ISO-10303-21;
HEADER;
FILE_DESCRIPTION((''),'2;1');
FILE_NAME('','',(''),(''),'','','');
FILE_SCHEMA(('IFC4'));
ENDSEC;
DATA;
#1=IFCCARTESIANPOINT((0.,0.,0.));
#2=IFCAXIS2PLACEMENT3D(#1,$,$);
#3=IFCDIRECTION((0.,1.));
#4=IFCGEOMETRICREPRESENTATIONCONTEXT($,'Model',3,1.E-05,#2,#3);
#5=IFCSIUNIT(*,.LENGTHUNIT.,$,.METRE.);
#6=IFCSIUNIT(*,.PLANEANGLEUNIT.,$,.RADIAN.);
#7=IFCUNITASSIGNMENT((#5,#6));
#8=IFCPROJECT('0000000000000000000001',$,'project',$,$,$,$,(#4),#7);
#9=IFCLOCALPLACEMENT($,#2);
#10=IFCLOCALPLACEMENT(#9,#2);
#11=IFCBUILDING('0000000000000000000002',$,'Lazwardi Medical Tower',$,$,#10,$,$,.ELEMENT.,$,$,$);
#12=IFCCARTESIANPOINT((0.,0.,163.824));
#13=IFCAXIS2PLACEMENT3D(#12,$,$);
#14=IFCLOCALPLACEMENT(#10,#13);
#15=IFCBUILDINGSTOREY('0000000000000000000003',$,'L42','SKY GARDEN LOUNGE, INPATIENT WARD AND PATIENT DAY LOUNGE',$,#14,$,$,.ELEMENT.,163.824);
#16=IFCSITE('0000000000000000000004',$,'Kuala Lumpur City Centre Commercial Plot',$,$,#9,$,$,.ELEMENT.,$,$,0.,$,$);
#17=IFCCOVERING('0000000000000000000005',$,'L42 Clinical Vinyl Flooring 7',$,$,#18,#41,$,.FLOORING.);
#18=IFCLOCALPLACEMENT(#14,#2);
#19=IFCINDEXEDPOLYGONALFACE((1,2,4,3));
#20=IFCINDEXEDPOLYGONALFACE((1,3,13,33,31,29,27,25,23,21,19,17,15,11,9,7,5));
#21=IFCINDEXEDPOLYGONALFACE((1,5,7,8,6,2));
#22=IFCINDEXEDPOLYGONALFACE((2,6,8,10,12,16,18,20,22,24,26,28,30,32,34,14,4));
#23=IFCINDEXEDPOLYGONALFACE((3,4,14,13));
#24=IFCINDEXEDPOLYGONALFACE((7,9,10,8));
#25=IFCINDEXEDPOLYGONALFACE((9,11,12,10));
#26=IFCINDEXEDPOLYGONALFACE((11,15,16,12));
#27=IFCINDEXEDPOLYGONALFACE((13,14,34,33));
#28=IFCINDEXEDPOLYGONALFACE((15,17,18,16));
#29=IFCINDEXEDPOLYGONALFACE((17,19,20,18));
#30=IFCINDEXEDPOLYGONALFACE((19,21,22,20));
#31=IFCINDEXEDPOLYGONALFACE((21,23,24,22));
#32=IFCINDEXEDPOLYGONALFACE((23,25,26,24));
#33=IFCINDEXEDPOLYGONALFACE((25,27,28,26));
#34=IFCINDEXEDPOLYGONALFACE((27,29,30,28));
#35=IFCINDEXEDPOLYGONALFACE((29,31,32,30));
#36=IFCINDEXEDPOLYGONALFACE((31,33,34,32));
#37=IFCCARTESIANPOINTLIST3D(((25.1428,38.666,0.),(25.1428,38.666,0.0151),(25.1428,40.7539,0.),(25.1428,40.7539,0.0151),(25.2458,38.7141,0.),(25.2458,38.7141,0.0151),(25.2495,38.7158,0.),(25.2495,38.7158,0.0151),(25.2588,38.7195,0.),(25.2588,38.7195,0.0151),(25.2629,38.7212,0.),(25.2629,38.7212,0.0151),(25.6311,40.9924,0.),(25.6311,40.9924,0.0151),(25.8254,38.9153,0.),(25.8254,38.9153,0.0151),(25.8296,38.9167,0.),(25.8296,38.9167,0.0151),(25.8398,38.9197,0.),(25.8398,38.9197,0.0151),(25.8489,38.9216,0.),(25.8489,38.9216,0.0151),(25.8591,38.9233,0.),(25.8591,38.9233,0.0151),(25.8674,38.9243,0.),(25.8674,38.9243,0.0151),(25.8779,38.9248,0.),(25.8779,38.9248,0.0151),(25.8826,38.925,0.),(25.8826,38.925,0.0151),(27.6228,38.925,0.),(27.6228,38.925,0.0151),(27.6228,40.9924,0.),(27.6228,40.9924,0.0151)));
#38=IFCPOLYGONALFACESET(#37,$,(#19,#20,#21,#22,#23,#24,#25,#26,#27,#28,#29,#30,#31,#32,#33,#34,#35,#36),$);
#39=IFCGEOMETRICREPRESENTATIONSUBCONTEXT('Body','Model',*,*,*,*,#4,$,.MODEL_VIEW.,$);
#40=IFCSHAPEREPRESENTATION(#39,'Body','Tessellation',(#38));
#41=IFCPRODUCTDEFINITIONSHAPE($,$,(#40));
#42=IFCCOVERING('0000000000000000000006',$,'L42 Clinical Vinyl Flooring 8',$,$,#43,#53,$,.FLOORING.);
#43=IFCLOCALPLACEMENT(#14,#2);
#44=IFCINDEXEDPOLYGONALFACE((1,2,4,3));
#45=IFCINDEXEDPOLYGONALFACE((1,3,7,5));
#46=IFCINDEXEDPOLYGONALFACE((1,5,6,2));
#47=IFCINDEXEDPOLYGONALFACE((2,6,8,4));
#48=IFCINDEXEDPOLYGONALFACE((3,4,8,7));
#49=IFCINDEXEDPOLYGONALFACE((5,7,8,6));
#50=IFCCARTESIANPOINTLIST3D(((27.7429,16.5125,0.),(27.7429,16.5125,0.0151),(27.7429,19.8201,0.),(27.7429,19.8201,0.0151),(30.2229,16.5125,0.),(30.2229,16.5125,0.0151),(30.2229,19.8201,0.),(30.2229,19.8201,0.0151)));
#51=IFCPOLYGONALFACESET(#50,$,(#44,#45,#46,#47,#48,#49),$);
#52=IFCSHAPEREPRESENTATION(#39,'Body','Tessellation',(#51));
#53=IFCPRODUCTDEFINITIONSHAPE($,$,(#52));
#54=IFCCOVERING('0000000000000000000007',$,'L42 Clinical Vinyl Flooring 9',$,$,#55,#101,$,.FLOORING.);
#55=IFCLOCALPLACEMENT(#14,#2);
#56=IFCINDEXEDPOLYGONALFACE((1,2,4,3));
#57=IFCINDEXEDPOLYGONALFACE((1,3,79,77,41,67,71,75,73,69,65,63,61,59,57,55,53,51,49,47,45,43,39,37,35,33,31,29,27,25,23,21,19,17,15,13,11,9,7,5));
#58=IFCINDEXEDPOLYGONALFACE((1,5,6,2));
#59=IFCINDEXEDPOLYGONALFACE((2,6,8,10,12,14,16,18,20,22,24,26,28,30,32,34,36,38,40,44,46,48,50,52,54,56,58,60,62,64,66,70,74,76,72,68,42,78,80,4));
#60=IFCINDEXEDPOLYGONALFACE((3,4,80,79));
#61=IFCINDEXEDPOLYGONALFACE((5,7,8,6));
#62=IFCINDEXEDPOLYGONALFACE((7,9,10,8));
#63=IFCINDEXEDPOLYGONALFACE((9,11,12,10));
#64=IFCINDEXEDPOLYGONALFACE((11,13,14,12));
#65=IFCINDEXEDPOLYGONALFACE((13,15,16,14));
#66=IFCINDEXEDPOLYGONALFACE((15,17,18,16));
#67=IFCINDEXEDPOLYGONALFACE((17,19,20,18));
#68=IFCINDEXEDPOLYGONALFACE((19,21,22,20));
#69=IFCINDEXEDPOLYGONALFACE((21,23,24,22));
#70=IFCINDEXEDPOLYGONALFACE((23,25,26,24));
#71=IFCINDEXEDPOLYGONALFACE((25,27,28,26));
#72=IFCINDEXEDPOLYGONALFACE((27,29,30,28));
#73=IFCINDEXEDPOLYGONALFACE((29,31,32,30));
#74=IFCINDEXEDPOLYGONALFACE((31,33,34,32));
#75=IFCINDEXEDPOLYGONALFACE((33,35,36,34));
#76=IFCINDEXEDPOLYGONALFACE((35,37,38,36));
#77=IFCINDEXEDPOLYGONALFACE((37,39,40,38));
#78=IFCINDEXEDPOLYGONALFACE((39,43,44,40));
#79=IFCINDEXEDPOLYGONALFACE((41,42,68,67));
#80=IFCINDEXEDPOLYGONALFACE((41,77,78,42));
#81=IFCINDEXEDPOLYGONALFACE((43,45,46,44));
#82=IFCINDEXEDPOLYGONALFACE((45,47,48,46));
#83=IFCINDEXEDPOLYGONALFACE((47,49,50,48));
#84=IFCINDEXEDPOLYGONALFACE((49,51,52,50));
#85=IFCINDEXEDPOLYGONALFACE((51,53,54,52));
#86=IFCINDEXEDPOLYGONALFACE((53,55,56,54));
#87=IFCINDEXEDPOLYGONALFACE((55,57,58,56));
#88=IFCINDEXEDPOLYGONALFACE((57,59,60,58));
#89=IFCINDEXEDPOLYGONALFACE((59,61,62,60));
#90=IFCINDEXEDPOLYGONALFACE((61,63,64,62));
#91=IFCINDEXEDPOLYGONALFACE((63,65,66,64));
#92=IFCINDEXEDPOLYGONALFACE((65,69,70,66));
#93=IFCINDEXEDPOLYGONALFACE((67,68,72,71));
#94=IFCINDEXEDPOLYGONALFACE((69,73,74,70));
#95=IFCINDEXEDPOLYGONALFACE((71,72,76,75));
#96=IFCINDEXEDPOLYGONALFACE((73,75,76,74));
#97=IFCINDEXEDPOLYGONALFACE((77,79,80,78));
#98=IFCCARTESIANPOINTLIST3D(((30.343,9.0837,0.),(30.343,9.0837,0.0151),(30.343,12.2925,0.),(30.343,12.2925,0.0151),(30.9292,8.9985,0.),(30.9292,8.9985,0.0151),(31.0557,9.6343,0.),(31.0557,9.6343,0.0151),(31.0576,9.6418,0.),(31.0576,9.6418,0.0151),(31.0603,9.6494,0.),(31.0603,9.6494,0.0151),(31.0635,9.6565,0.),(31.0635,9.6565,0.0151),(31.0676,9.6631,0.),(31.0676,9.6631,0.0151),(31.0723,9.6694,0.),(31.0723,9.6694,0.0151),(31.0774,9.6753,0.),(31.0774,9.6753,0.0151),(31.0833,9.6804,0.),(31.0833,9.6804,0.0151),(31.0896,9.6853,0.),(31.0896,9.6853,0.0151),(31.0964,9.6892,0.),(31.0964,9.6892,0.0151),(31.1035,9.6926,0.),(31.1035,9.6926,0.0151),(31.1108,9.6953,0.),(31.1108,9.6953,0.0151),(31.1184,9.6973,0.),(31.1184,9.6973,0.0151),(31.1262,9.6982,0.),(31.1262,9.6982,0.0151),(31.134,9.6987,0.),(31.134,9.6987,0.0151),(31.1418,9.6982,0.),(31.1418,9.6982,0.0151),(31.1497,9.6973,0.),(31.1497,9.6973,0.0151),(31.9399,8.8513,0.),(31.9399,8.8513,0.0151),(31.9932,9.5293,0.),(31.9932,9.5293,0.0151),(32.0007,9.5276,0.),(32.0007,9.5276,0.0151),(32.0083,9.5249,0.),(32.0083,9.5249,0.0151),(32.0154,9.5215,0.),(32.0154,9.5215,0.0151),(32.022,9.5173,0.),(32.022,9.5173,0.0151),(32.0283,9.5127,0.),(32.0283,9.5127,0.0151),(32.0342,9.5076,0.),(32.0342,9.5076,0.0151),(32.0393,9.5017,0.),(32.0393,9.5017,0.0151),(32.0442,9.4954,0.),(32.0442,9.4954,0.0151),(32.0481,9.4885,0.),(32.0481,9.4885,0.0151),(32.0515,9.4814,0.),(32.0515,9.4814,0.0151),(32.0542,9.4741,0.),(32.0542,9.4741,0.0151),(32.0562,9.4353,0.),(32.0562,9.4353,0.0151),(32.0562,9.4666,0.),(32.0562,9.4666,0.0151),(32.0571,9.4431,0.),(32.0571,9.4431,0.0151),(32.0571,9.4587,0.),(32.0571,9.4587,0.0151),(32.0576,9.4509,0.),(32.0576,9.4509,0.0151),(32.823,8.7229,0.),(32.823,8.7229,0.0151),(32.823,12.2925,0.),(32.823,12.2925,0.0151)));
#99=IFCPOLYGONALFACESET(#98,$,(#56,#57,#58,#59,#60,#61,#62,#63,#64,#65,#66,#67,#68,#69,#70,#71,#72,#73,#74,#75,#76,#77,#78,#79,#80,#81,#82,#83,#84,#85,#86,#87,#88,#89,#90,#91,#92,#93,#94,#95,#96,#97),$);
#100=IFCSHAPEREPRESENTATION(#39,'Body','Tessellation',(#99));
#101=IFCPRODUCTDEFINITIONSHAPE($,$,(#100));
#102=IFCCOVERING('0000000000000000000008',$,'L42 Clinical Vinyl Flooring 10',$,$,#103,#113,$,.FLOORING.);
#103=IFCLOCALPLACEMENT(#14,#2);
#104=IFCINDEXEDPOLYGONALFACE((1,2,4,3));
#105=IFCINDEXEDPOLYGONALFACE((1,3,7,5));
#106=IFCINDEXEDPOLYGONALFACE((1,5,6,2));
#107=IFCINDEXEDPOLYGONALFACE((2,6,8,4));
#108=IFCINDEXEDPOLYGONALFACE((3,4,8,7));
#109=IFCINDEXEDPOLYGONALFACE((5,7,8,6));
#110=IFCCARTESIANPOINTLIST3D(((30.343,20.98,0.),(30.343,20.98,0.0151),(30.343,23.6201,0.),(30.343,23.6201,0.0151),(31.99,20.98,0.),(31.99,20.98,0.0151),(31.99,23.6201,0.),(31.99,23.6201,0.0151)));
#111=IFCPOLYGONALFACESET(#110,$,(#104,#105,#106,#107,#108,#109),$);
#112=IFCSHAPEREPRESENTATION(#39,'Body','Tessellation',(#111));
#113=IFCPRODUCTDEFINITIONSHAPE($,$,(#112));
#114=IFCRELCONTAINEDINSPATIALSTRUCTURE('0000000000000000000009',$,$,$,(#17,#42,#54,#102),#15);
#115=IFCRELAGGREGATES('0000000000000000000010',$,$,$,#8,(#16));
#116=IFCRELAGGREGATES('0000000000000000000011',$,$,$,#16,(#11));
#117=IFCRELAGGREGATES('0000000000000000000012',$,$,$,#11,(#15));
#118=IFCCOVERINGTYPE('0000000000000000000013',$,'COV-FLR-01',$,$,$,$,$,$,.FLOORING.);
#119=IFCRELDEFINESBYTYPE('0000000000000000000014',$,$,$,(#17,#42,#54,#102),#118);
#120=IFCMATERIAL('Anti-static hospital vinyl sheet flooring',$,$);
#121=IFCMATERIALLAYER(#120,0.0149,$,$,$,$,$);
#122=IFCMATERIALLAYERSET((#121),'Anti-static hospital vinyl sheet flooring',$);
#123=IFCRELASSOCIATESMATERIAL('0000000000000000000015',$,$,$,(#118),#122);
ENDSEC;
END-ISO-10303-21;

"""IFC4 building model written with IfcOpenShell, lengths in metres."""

from ifc_helpers import new_model, si_unit, direction, frame, origin, place, context, subcontext, project, spatial, polyline, outline, extrude, material, layer, layer_set, type_object, element, save


model = new_model("IFC4")

# Units and contexts
model_context = context("Model", 3, precision=1e-05, world=origin(), true_north=direction((0.0, 1.0)))
body_context = subcontext(model_context, "Body", "Model", "MODEL_VIEW")
ifc_project = project(units=[si_unit("LENGTHUNIT", "METRE"), si_unit("PLANEANGLEUNIT", "RADIAN")], contexts=[model_context])

# Site, building, storey
site_placement = place(None, origin())
site = spatial("IfcSite", under=ifc_project, at=site_placement, Name="Kuala Lumpur City Centre Commercial Plot", CompositionType="ELEMENT", RefElevation=0.0)
building_placement = place(site_placement, origin())
building = spatial("IfcBuilding", under=site, at=building_placement, Name="Lazwardi Medical Tower", CompositionType="ELEMENT")
storey_placement = place(building_placement, frame((0.0, 0.0, 163.824)))
storey = spatial("IfcBuildingStorey", under=building, at=storey_placement, Name="L42", Description="SKY GARDEN LOUNGE, INPATIENT WARD AND PATIENT DAY LOUNGE", CompositionType="ELEMENT", Elevation=163.824)

# Coverings
ifc_material_1 = material(Name="Anti-static hospital vinyl sheet flooring")
ifc_layer_1 = layer(ifc_material_1, 0.0149)
ifc_layer_set_1 = layer_set([ifc_layer_1], Name="Anti-static hospital vinyl sheet flooring")
covering_type_1 = type_object("IfcCoveringType", Name="COV-FLR-01", PredefinedType="FLOORING", material=ifc_layer_set_1)
covering_1_placement = place(storey_placement, origin())
element("IfcCovering", 1, at=covering_1_placement, inside=storey, type_object=covering_type_1, Name="L42 Clinical Vinyl Flooring 7", PredefinedType="FLOORING", context=body_context, shape_type="SweptSolid", body=[
    extrude(outline(polyline([(25.6311, 40.9924), (25.1428, 40.7539), (25.1428, 38.666), (25.2458, 38.7141), (25.2495, 38.7158), (25.2588, 38.7195), (25.2629, 38.7212), (25.8254, 38.9153), (25.8296, 38.9167), (25.8398, 38.9197), (25.8489, 38.9216), (25.8591, 38.9233), (25.8674, 38.9243), (25.8779, 38.9248), (25.8826, 38.925), (27.6228, 38.925), (27.6228, 40.9924), (25.6311, 40.9924)])), origin(), (0.0, 0.0, 1.0), 0.0151),
])
covering_2_placement = place(storey_placement, origin())
element("IfcCovering", 2, at=covering_2_placement, inside=storey, type_object=covering_type_1, Name="L42 Clinical Vinyl Flooring 8", PredefinedType="FLOORING", context=body_context, shape_type="SweptSolid", body=[
    extrude(outline(polyline([(30.2229, 19.8201), (27.7429, 19.8201), (27.7429, 16.5125), (30.2229, 16.5125), (30.2229, 19.8201)])), origin(), (0.0, 0.0, 1.0), 0.0151),
])
covering_3_placement = place(storey_placement, origin())
element("IfcCovering", 3, at=covering_3_placement, inside=storey, type_object=covering_type_1, Name="L42 Clinical Vinyl Flooring 9", PredefinedType="FLOORING", context=body_context, shape_type="SweptSolid", body=[
    extrude(outline(polyline([(30.343, 9.0837), (30.9292, 8.9985), (31.0557, 9.6343), (31.0576, 9.6418), (31.0603, 9.6494), (31.0635, 9.6565), (31.0676, 9.6631), (31.0723, 9.6694), (31.0774, 9.6753), (31.0833, 9.6804), (31.0896, 9.6853), (31.0964, 9.6892), (31.1035, 9.6926), (31.1108, 9.6953), (31.1184, 9.6973), (31.1262, 9.6982), (31.134, 9.6987), (31.1418, 9.6982), (31.1497, 9.6973), (31.9932, 9.5293), (32.0007, 9.5276), (32.0083, 9.5249), (32.0154, 9.5215), (32.022, 9.5173), (32.0283, 9.5127), (32.0342, 9.5076), (32.0393, 9.5017), (32.0442, 9.4954), (32.0481, 9.4885), (32.0515, 9.4814), (32.0542, 9.4741), (32.0562, 9.4666), (32.0571, 9.4587), (32.0576, 9.4509), (32.0571, 9.4431), (32.0562, 9.4353), (31.9399, 8.8513), (32.823, 8.7229), (32.823, 12.2925), (30.343, 12.2925), (30.343, 9.0837)])), origin(), (0.0, 0.0, 1.0), 0.0151),
])
covering_4_placement = place(storey_placement, origin())
element("IfcCovering", 4, at=covering_4_placement, inside=storey, type_object=covering_type_1, Name="L42 Clinical Vinyl Flooring 10", PredefinedType="FLOORING", context=body_context, shape_type="SweptSolid", body=[
    extrude(outline(polyline([(30.343, 20.98), (31.99, 20.98), (31.99, 23.6201), (30.343, 23.6201), (30.343, 20.98)])), origin(), (0.0, 0.0, 1.0), 0.0151),
])

save(model, "model.ifc")
